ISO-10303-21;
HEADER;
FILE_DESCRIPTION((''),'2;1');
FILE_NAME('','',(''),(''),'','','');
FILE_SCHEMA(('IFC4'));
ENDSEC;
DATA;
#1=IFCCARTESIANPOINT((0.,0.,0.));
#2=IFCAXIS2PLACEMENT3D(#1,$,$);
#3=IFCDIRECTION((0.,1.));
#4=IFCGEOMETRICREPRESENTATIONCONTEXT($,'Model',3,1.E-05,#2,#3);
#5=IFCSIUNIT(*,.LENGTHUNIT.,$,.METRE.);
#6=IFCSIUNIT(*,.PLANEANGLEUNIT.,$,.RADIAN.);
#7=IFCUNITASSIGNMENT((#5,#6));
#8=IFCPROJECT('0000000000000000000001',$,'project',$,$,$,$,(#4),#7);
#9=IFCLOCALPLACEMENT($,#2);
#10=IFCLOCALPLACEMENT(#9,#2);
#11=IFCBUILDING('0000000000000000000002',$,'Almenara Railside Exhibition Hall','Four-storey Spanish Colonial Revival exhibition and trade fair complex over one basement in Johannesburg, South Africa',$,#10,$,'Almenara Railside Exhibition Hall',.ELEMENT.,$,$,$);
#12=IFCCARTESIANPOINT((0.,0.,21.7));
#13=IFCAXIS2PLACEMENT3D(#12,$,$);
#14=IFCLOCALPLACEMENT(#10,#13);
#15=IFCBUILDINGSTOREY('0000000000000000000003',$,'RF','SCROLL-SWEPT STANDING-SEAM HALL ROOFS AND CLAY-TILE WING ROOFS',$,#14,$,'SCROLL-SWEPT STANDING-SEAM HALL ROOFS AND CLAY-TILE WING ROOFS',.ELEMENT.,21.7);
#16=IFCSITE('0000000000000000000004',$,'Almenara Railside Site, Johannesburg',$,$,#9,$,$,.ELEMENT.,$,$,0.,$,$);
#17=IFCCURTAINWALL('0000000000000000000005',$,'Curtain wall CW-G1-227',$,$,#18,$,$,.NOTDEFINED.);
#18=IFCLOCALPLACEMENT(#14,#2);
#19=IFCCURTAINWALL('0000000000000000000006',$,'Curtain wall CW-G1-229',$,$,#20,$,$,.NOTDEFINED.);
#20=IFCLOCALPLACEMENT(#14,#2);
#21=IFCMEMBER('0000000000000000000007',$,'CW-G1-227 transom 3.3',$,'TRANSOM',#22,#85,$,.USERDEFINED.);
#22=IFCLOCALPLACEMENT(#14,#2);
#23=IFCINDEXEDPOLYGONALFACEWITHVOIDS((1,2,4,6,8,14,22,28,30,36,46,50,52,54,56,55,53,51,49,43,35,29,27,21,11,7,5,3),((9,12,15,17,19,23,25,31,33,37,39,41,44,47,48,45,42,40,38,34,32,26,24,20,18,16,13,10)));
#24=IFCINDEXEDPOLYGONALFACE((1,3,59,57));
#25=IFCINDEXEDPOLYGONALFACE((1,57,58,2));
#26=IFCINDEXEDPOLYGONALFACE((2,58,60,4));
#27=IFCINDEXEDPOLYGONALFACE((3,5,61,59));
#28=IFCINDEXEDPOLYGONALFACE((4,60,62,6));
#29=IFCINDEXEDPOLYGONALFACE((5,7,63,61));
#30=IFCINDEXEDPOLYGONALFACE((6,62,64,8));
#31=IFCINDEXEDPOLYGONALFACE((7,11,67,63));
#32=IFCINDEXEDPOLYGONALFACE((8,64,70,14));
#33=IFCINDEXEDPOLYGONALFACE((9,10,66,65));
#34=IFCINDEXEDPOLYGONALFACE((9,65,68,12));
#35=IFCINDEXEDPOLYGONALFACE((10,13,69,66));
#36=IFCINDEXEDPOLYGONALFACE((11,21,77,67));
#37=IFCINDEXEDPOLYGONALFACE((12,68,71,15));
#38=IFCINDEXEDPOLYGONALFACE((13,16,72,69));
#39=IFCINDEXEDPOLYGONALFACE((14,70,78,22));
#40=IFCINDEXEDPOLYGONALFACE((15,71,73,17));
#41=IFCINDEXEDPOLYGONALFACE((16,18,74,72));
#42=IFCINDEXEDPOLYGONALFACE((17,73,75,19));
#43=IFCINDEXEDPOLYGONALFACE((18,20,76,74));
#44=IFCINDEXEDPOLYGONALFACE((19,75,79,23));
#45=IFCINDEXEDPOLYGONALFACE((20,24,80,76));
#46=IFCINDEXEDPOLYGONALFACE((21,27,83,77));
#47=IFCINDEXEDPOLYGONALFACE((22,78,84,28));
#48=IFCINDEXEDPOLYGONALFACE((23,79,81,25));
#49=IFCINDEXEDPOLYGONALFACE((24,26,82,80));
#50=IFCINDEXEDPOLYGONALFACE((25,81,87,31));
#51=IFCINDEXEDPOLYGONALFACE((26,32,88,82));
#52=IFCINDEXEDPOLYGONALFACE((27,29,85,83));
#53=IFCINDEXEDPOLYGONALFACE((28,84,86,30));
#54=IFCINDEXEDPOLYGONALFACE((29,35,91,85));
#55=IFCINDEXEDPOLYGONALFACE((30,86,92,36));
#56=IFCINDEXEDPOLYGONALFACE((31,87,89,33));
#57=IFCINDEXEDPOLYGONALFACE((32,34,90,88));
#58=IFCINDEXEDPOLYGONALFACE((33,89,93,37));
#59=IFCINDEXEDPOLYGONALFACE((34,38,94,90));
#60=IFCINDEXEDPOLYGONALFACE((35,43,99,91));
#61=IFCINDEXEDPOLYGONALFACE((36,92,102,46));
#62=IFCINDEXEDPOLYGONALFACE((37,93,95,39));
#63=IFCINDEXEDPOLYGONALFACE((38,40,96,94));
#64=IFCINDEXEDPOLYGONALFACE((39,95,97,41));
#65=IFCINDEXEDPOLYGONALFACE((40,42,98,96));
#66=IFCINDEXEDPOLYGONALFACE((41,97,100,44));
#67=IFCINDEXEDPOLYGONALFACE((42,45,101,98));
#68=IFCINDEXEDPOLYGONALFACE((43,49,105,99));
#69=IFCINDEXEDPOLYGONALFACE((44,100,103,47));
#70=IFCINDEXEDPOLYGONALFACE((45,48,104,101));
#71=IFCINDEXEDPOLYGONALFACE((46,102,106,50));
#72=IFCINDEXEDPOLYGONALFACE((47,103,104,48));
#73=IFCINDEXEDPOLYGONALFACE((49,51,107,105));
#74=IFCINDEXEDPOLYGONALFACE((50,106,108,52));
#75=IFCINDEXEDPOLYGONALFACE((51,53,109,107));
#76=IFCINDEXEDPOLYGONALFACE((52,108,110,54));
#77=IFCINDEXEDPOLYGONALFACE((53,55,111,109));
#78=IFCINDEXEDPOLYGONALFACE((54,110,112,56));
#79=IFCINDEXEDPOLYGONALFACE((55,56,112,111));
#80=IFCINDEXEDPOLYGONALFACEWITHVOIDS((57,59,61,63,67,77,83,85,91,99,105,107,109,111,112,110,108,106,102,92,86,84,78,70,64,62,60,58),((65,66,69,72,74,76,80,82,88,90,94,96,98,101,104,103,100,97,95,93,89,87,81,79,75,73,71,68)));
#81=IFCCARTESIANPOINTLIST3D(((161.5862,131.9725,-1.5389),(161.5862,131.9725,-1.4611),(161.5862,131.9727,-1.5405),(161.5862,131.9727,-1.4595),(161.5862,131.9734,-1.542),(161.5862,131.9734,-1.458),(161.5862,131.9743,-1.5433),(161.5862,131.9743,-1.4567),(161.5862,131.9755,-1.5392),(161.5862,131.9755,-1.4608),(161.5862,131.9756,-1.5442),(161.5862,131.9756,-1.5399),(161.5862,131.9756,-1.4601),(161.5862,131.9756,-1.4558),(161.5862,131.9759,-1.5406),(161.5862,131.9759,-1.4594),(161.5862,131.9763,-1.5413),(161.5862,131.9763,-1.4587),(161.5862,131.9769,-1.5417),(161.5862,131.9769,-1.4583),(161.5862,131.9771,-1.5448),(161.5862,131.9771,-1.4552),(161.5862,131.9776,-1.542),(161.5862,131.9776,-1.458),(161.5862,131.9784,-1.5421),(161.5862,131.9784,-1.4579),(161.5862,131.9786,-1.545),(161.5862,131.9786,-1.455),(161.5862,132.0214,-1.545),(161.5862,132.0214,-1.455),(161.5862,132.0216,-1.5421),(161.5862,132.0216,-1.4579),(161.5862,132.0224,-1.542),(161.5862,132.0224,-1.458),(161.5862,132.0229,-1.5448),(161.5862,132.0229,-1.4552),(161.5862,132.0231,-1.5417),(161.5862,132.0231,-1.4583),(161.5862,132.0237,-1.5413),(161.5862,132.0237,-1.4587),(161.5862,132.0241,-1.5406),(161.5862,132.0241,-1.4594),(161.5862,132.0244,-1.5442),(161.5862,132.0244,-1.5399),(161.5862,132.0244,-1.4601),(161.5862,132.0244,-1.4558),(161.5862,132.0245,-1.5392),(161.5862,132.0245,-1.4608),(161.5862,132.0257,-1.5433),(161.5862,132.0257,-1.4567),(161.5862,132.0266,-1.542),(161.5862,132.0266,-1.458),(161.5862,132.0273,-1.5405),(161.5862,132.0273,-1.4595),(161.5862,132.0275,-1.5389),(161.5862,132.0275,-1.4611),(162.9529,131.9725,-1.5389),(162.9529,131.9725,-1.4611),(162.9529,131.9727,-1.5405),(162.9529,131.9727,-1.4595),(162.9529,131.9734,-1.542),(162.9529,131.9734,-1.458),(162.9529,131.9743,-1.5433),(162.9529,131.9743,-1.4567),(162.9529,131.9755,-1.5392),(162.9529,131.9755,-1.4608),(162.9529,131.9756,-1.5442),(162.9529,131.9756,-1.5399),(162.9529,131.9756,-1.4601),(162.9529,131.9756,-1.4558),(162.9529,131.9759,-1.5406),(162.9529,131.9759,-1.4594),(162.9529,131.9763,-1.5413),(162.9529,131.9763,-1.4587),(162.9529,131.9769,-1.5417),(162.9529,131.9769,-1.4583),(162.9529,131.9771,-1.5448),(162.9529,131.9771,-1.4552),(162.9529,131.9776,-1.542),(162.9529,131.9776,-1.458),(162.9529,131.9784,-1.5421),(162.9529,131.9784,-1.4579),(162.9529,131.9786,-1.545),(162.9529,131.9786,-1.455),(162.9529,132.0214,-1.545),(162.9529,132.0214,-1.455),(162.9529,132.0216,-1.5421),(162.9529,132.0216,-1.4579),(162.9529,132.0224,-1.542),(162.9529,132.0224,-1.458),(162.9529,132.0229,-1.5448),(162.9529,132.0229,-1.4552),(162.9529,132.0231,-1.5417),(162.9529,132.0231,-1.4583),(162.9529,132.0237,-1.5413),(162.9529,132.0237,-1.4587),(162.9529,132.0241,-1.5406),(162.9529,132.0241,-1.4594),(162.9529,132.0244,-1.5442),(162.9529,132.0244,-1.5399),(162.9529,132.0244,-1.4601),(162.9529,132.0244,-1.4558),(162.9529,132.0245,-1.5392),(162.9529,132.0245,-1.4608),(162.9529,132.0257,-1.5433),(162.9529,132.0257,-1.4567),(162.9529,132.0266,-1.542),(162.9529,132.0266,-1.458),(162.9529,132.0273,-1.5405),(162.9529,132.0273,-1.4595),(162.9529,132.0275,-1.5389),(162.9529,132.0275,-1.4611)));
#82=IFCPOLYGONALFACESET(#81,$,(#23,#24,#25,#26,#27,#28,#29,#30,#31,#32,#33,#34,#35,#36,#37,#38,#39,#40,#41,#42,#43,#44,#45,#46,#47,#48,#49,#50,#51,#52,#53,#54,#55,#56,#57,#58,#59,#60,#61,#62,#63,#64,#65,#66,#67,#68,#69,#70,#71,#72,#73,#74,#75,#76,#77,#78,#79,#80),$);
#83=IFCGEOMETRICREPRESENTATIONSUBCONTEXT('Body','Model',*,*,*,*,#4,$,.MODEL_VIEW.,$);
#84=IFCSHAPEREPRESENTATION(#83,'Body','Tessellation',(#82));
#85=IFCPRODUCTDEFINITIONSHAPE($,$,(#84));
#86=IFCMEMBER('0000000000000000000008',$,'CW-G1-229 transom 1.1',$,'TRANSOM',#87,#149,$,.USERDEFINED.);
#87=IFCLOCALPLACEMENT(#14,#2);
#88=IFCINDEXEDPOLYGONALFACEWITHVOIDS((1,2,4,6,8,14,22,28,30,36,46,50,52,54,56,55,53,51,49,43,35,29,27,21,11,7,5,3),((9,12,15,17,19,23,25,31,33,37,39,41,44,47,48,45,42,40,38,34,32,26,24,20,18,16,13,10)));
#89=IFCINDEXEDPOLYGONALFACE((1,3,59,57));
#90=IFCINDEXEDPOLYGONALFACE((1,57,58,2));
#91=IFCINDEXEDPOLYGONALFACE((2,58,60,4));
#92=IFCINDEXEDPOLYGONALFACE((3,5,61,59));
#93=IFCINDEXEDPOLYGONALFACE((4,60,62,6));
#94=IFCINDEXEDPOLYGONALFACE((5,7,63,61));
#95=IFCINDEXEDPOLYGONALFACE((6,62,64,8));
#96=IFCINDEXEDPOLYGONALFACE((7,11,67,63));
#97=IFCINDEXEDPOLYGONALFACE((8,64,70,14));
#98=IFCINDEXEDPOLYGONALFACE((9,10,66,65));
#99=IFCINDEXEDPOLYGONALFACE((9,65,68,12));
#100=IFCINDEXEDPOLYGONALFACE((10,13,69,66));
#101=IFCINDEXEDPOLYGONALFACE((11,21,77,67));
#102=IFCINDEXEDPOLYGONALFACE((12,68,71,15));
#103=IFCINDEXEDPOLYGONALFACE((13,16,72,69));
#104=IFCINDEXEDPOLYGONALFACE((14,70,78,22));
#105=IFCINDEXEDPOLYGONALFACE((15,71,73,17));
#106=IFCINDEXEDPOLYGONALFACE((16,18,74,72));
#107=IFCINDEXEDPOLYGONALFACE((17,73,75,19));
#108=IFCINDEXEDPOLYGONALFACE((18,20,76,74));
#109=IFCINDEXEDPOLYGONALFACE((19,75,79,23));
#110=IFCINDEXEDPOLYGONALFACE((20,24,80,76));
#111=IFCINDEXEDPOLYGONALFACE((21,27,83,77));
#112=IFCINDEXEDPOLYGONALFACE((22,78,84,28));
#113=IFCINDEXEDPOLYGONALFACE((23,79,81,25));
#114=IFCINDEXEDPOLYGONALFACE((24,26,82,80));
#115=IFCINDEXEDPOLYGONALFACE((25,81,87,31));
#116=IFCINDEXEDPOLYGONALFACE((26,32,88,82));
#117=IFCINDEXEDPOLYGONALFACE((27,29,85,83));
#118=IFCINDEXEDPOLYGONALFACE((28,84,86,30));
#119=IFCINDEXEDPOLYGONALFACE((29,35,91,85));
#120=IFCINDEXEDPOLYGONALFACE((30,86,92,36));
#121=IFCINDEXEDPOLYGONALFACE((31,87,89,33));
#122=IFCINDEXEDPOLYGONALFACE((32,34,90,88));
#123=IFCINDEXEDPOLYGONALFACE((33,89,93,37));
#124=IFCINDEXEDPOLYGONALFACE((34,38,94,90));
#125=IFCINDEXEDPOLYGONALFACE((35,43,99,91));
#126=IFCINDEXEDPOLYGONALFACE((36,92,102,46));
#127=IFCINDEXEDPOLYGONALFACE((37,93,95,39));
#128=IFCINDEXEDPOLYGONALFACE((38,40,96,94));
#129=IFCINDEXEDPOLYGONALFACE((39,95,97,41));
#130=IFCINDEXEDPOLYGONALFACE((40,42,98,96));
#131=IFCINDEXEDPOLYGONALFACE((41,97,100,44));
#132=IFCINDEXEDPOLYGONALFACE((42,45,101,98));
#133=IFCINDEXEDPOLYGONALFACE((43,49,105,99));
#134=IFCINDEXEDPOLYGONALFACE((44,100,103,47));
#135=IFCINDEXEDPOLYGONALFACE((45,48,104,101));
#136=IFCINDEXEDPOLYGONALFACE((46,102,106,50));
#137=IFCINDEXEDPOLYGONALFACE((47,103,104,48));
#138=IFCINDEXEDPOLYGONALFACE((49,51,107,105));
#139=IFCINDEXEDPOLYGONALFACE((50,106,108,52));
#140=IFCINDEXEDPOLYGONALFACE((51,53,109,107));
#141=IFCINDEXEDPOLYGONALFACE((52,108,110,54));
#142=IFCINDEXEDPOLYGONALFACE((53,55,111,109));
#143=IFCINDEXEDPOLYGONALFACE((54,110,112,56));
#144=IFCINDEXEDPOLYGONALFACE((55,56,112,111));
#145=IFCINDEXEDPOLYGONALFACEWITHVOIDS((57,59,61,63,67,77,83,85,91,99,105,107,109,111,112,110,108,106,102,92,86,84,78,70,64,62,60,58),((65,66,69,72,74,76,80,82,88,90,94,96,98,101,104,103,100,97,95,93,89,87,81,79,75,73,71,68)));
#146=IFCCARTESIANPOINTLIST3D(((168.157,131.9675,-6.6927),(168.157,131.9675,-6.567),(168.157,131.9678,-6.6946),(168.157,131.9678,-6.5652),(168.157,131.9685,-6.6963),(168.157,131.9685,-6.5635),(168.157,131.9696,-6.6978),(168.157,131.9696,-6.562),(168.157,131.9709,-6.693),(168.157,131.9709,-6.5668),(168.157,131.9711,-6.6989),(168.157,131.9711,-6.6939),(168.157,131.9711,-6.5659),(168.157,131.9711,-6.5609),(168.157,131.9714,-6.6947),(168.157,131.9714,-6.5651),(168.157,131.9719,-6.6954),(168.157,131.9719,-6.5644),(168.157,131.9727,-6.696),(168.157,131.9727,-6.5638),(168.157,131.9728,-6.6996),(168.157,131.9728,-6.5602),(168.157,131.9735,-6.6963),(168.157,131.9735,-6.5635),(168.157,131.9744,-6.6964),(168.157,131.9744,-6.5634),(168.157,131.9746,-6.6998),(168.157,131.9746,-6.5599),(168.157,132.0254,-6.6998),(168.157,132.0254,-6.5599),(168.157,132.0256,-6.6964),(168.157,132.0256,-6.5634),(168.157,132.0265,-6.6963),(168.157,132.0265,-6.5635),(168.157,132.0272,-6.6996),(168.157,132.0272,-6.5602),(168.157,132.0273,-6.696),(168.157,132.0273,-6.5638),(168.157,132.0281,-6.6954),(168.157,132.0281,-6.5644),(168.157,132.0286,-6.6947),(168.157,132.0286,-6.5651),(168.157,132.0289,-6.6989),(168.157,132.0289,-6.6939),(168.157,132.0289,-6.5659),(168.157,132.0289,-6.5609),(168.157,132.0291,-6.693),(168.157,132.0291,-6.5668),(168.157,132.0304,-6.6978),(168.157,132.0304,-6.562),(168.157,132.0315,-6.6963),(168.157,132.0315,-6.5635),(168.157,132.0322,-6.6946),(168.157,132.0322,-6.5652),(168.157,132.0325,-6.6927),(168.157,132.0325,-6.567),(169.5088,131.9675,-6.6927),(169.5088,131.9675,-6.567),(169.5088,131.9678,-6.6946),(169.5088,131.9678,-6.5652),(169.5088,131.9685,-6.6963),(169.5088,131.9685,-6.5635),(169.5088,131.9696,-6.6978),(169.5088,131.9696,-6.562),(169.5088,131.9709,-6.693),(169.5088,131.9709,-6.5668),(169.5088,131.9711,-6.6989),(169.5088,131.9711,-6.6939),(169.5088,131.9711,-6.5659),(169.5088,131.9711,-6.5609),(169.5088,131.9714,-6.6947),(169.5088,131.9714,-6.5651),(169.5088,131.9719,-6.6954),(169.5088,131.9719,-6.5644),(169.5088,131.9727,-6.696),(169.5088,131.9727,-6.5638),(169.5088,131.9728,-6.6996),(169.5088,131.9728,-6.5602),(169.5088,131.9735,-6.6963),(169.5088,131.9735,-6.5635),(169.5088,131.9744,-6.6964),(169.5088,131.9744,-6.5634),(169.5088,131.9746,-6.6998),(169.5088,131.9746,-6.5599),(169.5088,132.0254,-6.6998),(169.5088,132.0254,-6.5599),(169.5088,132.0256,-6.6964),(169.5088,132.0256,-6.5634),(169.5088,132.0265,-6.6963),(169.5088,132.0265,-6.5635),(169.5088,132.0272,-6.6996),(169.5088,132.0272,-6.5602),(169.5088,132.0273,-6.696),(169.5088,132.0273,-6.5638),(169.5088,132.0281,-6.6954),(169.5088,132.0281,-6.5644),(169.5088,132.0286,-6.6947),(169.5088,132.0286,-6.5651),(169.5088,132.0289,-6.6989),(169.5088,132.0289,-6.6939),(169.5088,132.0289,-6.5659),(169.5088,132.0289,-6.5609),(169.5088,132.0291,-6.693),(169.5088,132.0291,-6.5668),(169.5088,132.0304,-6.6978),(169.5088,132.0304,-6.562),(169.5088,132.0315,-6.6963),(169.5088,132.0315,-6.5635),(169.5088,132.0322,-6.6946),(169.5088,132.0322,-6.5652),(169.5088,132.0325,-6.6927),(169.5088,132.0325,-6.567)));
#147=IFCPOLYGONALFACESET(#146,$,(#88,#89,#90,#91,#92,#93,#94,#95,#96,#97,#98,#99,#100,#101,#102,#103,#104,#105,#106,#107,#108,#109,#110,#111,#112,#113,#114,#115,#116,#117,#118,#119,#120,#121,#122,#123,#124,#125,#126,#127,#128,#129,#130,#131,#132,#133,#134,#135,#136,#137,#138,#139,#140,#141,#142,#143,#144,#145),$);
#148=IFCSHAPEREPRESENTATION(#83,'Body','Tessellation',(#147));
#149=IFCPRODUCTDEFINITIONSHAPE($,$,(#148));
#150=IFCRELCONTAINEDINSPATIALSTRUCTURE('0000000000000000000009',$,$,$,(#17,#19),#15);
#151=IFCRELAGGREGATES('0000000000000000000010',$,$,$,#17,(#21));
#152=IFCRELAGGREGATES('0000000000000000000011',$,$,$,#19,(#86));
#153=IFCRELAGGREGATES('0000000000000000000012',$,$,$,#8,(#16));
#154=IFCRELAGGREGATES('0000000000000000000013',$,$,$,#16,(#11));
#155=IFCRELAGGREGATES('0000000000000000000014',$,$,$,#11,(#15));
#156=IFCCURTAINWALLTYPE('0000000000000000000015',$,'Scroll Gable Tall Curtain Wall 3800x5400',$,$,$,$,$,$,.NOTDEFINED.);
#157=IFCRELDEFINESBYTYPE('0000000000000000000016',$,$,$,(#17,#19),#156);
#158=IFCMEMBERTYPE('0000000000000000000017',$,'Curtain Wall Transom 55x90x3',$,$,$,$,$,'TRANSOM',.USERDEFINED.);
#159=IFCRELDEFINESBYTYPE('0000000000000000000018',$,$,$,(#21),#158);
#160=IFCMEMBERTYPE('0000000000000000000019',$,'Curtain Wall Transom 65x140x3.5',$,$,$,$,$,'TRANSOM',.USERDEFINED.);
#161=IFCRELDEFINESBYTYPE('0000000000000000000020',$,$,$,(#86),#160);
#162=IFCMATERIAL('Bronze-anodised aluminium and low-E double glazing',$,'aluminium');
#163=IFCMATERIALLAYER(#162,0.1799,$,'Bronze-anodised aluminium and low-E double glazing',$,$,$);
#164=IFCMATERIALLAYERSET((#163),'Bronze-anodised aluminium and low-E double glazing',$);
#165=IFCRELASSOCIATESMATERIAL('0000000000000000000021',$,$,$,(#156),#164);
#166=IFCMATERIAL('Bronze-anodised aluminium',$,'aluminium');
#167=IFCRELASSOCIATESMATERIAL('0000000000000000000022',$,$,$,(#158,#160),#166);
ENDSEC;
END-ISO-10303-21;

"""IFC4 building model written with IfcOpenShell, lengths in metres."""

from ifc_helpers import new_model, si_unit, direction, frame, origin, origin_2d, place, context, subcontext, project, spatial, hollow_rectangle, extrude, material, layer, layer_set, material_profile, profile_set, type_object, element, aggregate, save


model = new_model("IFC4")

# Units and contexts
model_context = context("Model", 3, precision=1e-05, world=origin(), true_north=direction((0.0, 1.0)))
body_context = subcontext(model_context, "Body", "Model", "MODEL_VIEW")
ifc_project = project(units=[si_unit("LENGTHUNIT", "METRE"), si_unit("PLANEANGLEUNIT", "RADIAN")], contexts=[model_context])

# Site, building, storey
site_placement = place(None, origin())
site = spatial("IfcSite", under=ifc_project, at=site_placement, Name="Almenara Railside Site, Johannesburg", CompositionType="ELEMENT", RefElevation=0.0)
building_placement = place(site_placement, origin())
building = spatial("IfcBuilding", under=site, at=building_placement, Name="Almenara Railside Exhibition Hall", Description="Four-storey Spanish Colonial Revival exhibition and trade fair complex over one basement in Johannesburg, South Africa", LongName="Almenara Railside Exhibition Hall", CompositionType="ELEMENT")
storey_placement = place(building_placement, frame((0.0, 0.0, 21.7)))
storey = spatial("IfcBuildingStorey", under=building, at=storey_placement, Name="RF", Description="SCROLL-SWEPT STANDING-SEAM HALL ROOFS AND CLAY-TILE WING ROOFS", LongName="SCROLL-SWEPT STANDING-SEAM HALL ROOFS AND CLAY-TILE WING ROOFS", CompositionType="ELEMENT", Elevation=21.7)

# Curtain walls
ifc_material_1 = material(Name="Bronze-anodised aluminium and low-E double glazing", Category="aluminium")
ifc_layer_1 = layer(ifc_material_1, 0.1799, Name="Bronze-anodised aluminium and low-E double glazing")
ifc_layer_set_1 = layer_set([ifc_layer_1], Name="Bronze-anodised aluminium and low-E double glazing")
curtain_wall_type = type_object("IfcCurtainWallType", Name="Scroll Gable Tall Curtain Wall 3800x5400", PredefinedType="NOTDEFINED", material=ifc_layer_set_1)
curtain_wall_1_placement = place(storey_placement, origin())
curtain_wall_1 = element("IfcCurtainWall", 1, at=curtain_wall_1_placement, inside=storey, type_object=curtain_wall_type, Name="Curtain wall CW-G1-227", PredefinedType="NOTDEFINED")
ifc_material_2 = material(Name="Bronze-anodised aluminium", Category="aluminium")
curtain_wall_2_placement = place(storey_placement, origin())
curtain_wall_2 = element("IfcCurtainWall", 2, at=curtain_wall_2_placement, inside=storey, type_object=curtain_wall_type, Name="Curtain wall CW-G1-229", PredefinedType="NOTDEFINED")

# Members
ifc_material_profile_1 = material_profile(ifc_material_2, hollow_rectangle(XDim=0.0549, YDim=0.0901, WallThickness=0.0029, InnerFilletRadius=0.0029, OuterFilletRadius=0.0061, at=origin_2d()), Name="ALU-TRN 55x90x3")
ifc_profile_set_1 = profile_set([ifc_material_profile_1], Name="Bronze-anodised aluminium")
member_type_1 = type_object("IfcMemberType", Name="Curtain Wall Transom 55x90x3", ElementType="TRANSOM", PredefinedType="USERDEFINED", material=ifc_profile_set_1)
member_1_placement = place(storey_placement, frame((161.5862, 132.0, -1.5), z_axis=(1.0, 0.0, 0.0), x_axis=(0.0, 1.0, 0.0)))
member_1 = element("IfcMember", 3, at=member_1_placement, type_object=member_type_1, Name="CW-G1-227 transom 3.3", ObjectType="TRANSOM", PredefinedType="USERDEFINED", context=body_context, shape_type="SweptSolid", body=[
    extrude(hollow_rectangle(XDim=0.0549, YDim=0.0901, WallThickness=0.0029, InnerFilletRadius=0.0029, OuterFilletRadius=0.0061, at=origin_2d()), origin(), (0.0, 0.0, 1.0), 1.3667),
])
ifc_material_profile_2 = material_profile(ifc_material_2, hollow_rectangle(XDim=0.0649, YDim=0.1399, WallThickness=0.0034, InnerFilletRadius=0.0034, OuterFilletRadius=0.0071, at=origin_2d()), Name="ALU-TRN 65x140x3.5")
ifc_profile_set_2 = profile_set([ifc_material_profile_2], Name="Bronze-anodised aluminium")
member_type_2 = type_object("IfcMemberType", Name="Curtain Wall Transom 65x140x3.5", ElementType="TRANSOM", PredefinedType="USERDEFINED", material=ifc_profile_set_2)
member_2_placement = place(storey_placement, frame((168.157, 132.0, -6.6299), z_axis=(1.0, 0.0, 0.0), x_axis=(0.0, 1.0, 0.0)))
member_2 = element("IfcMember", 4, at=member_2_placement, type_object=member_type_2, Name="CW-G1-229 transom 1.1", ObjectType="TRANSOM", PredefinedType="USERDEFINED", context=body_context, shape_type="SweptSolid", body=[
    extrude(hollow_rectangle(XDim=0.0649, YDim=0.1399, WallThickness=0.0034, InnerFilletRadius=0.0034, OuterFilletRadius=0.0071, at=origin_2d()), origin(), (0.0, 0.0, 1.0), 1.3518),
])

aggregate(curtain_wall_1, [member_1])
aggregate(curtain_wall_2, [member_2])

save(model, "model.ifc")
